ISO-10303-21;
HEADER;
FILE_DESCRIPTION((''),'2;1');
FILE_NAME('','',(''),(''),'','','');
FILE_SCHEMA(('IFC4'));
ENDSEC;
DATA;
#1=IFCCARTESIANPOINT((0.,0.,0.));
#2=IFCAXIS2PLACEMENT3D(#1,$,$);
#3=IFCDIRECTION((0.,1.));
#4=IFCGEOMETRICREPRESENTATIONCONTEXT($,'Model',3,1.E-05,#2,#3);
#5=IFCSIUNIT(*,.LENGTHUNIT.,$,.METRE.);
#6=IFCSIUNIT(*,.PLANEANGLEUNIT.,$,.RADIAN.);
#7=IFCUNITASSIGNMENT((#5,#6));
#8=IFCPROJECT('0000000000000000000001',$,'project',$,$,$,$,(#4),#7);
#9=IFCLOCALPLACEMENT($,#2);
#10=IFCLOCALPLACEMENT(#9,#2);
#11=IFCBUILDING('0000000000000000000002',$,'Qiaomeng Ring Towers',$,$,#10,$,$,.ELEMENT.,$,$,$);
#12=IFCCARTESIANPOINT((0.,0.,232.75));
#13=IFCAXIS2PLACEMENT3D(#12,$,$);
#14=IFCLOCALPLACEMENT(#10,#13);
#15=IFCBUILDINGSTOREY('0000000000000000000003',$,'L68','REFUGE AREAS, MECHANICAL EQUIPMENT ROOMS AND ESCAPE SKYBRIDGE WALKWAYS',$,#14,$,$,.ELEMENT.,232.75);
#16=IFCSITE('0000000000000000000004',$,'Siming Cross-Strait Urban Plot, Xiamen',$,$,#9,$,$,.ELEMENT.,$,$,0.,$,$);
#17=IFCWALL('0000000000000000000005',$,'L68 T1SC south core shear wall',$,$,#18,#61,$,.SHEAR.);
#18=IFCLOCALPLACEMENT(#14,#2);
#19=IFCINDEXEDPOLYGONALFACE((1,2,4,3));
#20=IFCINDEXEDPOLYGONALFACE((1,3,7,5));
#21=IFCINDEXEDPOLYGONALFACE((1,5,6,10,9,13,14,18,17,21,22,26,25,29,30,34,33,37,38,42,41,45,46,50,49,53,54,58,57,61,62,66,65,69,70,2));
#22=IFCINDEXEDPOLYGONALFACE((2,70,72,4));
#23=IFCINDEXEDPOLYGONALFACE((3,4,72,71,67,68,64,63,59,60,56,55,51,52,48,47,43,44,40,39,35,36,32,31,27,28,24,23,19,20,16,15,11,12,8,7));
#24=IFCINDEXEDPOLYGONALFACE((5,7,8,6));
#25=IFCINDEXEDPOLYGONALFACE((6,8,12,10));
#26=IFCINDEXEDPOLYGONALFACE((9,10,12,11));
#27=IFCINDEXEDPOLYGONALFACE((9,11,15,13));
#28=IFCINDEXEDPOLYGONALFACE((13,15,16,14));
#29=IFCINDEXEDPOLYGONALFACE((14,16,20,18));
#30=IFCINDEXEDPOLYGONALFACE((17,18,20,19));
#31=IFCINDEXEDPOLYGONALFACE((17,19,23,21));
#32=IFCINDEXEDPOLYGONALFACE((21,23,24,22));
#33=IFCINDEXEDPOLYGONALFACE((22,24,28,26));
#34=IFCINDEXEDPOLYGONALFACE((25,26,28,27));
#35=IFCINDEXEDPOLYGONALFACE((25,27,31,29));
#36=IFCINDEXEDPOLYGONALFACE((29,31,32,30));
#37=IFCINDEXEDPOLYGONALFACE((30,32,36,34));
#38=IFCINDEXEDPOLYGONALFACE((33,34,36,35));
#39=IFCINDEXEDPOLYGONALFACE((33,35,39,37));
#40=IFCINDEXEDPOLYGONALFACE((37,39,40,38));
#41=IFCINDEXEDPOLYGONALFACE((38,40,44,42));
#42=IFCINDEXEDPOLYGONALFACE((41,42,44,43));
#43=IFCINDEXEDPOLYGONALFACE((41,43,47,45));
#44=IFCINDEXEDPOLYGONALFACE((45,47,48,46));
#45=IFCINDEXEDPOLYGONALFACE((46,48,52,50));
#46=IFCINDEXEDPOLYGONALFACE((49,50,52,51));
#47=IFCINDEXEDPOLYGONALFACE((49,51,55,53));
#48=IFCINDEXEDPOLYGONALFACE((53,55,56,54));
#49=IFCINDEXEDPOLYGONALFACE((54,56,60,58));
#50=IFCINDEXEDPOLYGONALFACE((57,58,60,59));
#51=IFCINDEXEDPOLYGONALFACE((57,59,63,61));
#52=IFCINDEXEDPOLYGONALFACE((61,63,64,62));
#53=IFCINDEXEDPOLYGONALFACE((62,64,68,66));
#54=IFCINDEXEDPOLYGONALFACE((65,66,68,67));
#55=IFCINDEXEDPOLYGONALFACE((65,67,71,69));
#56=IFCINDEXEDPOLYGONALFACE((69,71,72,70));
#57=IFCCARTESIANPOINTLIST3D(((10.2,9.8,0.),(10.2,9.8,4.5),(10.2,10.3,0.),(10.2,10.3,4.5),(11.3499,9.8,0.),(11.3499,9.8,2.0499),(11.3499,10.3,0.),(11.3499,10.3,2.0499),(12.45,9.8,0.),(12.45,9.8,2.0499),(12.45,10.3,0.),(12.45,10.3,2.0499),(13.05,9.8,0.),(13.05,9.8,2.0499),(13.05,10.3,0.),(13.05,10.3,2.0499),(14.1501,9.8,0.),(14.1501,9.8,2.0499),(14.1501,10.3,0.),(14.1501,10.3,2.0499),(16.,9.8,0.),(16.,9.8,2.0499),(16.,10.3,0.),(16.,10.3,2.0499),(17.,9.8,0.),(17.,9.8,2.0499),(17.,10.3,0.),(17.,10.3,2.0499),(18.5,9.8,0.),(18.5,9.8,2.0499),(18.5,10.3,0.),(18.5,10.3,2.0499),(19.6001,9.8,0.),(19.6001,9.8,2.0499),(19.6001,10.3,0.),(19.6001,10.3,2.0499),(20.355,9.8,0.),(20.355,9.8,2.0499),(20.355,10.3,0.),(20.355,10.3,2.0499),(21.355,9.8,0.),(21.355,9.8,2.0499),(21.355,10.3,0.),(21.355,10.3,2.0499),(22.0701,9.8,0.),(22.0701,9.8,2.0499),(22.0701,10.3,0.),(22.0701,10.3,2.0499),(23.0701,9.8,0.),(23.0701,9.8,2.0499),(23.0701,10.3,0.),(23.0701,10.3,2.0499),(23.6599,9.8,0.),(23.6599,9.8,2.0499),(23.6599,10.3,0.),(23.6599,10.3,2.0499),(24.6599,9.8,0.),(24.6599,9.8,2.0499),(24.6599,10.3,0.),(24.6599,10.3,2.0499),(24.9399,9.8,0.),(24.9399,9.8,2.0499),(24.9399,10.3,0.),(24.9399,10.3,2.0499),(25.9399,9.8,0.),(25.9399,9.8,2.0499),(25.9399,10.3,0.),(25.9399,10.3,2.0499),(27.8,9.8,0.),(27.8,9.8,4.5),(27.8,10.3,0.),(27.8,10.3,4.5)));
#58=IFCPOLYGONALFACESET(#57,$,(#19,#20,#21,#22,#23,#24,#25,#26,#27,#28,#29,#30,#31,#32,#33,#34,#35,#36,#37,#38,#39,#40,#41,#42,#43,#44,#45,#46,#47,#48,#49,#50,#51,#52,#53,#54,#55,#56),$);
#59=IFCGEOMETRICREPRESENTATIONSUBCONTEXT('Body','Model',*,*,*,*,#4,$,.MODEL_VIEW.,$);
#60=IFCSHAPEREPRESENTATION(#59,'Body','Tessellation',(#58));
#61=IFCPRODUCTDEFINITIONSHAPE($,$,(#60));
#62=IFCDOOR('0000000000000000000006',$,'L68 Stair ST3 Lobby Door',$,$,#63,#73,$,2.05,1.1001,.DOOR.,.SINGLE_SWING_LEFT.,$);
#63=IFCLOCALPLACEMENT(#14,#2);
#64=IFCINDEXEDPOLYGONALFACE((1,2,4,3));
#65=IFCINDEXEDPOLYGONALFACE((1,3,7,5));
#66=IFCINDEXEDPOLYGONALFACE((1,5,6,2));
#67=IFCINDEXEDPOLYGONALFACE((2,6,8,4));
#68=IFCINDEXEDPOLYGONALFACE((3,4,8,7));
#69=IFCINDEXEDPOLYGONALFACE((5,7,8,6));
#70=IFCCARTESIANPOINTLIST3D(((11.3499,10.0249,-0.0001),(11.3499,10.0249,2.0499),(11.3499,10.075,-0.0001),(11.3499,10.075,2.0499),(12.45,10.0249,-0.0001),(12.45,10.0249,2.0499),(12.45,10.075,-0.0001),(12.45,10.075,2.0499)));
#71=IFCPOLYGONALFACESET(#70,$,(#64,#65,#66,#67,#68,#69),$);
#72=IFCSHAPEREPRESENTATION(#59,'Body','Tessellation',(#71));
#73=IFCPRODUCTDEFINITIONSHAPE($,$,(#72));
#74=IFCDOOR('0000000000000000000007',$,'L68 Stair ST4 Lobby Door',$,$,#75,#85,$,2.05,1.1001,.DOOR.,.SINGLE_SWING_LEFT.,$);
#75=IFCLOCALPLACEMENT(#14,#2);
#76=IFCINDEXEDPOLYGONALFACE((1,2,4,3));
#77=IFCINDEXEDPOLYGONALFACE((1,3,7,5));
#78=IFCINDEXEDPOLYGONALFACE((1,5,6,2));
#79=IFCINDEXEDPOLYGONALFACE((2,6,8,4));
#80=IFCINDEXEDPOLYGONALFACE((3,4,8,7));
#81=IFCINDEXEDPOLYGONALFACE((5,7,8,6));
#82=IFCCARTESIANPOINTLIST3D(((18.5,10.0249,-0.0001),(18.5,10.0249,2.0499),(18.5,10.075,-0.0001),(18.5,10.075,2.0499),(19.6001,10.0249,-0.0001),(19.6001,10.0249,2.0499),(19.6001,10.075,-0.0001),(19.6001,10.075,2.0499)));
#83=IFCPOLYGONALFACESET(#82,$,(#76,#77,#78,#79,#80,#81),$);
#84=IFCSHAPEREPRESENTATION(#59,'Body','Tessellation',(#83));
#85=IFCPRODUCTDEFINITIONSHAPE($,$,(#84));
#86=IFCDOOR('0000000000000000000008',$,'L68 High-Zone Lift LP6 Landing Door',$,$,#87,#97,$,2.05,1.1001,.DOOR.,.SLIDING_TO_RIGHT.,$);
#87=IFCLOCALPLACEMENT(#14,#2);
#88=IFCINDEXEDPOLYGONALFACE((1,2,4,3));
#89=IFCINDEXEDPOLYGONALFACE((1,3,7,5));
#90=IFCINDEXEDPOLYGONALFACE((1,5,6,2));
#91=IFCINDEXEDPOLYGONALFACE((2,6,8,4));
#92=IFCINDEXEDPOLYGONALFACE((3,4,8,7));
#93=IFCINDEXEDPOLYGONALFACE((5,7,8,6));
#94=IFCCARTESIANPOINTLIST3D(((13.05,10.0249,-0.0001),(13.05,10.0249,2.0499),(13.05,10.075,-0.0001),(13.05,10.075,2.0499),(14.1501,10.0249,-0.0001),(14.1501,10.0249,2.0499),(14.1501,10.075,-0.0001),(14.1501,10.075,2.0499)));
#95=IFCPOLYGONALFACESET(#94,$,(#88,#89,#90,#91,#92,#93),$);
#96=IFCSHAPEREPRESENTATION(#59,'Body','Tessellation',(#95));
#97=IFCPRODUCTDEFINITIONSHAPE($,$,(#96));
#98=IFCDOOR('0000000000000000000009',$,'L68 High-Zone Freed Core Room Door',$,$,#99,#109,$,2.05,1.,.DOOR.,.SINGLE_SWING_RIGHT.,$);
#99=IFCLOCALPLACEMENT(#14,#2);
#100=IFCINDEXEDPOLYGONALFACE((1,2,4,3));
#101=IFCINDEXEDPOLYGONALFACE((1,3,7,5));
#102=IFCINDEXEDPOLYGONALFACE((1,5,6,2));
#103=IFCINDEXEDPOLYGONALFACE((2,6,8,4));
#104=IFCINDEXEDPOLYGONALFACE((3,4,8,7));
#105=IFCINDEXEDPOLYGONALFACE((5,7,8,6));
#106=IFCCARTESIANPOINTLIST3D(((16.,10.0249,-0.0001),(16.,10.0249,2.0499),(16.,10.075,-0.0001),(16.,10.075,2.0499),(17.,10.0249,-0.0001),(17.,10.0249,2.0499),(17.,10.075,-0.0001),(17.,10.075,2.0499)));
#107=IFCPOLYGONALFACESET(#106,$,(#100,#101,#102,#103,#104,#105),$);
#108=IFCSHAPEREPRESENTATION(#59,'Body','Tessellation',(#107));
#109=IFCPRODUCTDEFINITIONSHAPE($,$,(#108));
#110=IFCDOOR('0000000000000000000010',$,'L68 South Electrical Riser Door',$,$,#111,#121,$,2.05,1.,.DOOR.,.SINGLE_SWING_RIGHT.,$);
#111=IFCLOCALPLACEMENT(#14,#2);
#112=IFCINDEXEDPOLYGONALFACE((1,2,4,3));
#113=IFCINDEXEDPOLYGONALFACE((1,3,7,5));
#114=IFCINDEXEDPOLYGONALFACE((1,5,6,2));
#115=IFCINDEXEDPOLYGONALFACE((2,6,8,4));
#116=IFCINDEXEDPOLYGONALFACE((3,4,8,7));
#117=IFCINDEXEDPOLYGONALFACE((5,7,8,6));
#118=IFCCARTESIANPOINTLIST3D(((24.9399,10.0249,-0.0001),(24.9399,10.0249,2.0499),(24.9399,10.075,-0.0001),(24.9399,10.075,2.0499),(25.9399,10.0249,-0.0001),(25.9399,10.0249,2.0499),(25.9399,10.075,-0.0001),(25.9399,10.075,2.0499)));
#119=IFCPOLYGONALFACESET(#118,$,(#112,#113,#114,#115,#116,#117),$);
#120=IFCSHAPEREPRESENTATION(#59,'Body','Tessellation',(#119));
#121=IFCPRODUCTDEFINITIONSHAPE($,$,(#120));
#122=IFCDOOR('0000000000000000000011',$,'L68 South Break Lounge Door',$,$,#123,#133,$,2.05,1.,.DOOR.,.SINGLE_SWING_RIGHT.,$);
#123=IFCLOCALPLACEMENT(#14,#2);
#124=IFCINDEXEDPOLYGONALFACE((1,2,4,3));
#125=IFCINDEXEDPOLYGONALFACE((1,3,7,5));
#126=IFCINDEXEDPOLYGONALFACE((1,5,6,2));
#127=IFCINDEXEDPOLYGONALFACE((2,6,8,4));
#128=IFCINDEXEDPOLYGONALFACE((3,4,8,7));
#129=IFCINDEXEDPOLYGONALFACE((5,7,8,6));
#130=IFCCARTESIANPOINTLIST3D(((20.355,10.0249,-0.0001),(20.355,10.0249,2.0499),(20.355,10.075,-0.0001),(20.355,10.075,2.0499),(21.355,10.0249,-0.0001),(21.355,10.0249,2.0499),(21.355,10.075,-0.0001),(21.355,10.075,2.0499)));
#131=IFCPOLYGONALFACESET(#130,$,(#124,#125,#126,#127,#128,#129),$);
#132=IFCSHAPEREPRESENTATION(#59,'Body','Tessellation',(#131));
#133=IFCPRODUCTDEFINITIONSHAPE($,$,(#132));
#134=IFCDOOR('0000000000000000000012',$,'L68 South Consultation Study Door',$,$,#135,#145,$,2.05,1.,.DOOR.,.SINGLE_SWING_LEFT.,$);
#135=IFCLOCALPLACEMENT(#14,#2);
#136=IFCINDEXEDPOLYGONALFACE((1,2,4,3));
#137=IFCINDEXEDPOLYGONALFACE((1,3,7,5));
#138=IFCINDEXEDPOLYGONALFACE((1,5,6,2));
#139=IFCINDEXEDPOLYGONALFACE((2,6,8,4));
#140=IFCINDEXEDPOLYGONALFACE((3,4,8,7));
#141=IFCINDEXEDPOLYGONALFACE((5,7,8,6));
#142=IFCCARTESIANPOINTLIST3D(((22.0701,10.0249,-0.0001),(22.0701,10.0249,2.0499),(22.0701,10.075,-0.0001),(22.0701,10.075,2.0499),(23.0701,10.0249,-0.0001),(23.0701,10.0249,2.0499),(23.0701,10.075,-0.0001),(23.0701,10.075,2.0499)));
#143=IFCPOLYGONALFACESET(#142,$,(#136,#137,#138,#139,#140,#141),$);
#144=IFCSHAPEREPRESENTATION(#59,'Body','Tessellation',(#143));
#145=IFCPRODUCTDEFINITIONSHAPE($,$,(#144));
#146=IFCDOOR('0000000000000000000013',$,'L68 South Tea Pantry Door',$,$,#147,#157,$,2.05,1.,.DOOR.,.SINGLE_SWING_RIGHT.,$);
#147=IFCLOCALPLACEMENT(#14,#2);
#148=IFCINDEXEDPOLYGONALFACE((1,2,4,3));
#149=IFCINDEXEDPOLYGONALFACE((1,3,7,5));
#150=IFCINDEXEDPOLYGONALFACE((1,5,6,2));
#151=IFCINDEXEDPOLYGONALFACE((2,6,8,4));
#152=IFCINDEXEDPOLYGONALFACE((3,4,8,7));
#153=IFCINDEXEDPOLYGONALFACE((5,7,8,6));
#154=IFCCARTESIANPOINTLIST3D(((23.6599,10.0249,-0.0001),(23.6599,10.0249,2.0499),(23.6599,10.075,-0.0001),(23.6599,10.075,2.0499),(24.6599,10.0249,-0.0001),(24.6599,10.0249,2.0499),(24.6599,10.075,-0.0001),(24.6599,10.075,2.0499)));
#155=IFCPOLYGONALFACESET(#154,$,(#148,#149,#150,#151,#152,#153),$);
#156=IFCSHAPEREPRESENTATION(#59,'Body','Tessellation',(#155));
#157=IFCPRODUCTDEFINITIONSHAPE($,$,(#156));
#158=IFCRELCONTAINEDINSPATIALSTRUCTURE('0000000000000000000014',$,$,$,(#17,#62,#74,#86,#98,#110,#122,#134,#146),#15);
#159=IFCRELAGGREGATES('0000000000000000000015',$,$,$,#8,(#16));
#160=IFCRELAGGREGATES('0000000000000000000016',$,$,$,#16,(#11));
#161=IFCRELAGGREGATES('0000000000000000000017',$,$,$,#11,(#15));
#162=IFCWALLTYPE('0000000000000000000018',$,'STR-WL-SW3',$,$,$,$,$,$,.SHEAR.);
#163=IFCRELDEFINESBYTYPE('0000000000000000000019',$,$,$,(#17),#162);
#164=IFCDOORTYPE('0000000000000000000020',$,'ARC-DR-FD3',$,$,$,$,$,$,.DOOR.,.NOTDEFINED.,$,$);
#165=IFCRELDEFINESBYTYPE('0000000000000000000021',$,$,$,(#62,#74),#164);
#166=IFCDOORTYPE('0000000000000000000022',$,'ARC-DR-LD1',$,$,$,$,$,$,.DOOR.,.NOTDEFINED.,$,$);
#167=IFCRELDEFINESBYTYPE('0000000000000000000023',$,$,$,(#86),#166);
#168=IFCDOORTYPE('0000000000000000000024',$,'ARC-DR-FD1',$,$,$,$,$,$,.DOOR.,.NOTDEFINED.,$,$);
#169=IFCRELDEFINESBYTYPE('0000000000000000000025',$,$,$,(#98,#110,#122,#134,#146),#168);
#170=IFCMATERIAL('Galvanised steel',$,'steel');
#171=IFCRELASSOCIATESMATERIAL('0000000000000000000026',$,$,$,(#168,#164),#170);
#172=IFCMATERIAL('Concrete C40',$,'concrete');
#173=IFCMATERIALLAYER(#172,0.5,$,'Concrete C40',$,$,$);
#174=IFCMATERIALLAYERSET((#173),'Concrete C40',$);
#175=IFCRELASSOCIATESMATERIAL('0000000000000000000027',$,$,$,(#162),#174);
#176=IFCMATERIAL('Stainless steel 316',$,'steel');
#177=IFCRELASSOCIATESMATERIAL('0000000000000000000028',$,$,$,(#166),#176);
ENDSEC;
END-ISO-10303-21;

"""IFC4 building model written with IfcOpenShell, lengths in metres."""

from ifc_helpers import new_model, si_unit, direction, frame, frame_2d, origin, place, context, subcontext, project, spatial, rectangle, extrude, source, transform, mapped, material, layer, layer_set, type_object, element, fill, save


model = new_model("IFC4")

# Units and contexts
model_context = context("Model", 3, precision=1e-05, world=origin(), true_north=direction((0.0, 1.0)))
body_context = subcontext(model_context, "Body", "Model", "MODEL_VIEW")
ifc_project = project(units=[si_unit("LENGTHUNIT", "METRE"), si_unit("PLANEANGLEUNIT", "RADIAN")], contexts=[model_context])

# Site, building, storey
site_placement = place(None, origin())
site = spatial("IfcSite", under=ifc_project, at=site_placement, Name="Siming Cross-Strait Urban Plot, Xiamen", CompositionType="ELEMENT", RefElevation=0.0)
building_placement = place(site_placement, origin())
building = spatial("IfcBuilding", under=site, at=building_placement, Name="Qiaomeng Ring Towers", CompositionType="ELEMENT")
storey_placement = place(building_placement, frame((0.0, 0.0, 232.75)))
storey = spatial("IfcBuildingStorey", under=building, at=storey_placement, Name="L68", Description="REFUGE AREAS, MECHANICAL EQUIPMENT ROOMS AND ESCAPE SKYBRIDGE WALKWAYS", CompositionType="ELEMENT", Elevation=232.75)

# Shared definitions
ifc_material_1 = material(Name="Galvanised steel", Category="steel")
door_type_1 = type_object("IfcDoorType", Name="ARC-DR-FD1", OperationType="NOTDEFINED", PredefinedType="DOOR", material=ifc_material_1)
shared_shape_1 = source(origin(), body_context, "Body", "SweptSolid", [
    extrude(rectangle(XDim=1.0, YDim=2.05, at=frame_2d((0.5, 1.0249))), frame((0.0, 0.0249, 0.0), z_axis=(0.0, -1.0, 0.0), x_axis=(1.0, 0.0, 0.0)), (0.0, 0.0, 1.0), 0.05),
])

# Shared definitions
ifc_material_2 = material(Name="Concrete C40", Category="concrete")

# Wall, openings, doors
ifc_layer_1 = layer(ifc_material_2, 0.5, Name="Concrete C40")
ifc_layer_set_1 = layer_set([ifc_layer_1], Name="Concrete C40")
wall_type_1 = type_object("IfcWallType", Name="STR-WL-SW3", PredefinedType="SHEAR", material=ifc_layer_set_1)
wall_1_placement = place(storey_placement, frame((10.2, 10.05, 0.0), z_axis=(0.0, 0.0, 1.0), x_axis=(1.0, 0.0, 0.0)))
wall_1 = element("IfcWall", 1, at=wall_1_placement, inside=storey, type_object=wall_type_1, Name="L68 T1SC south core shear wall", PredefinedType="SHEAR", context=body_context, shape_type="SweptSolid", body=[
    extrude(rectangle(XDim=17.6001, YDim=0.5, at=frame_2d((8.8, 0.0))), origin(), (0.0, 0.0, 1.0), 4.5),
])
opening_1_placement = place(wall_1_placement, frame((1.1499, 0.0, 0.0)))
opening_1 = element("IfcOpeningElement", 2, at=opening_1_placement, cuts=wall_1, PredefinedType="OPENING", context=body_context, shape_type="SweptSolid", body=[
    extrude(rectangle(XDim=1.1001, YDim=2.05, at=frame_2d((0.55, 1.0249))), frame((0.0, 0.26, 0.0), z_axis=(0.0, -1.0, 0.0), x_axis=(1.0, 0.0, 0.0)), (0.0, 0.0, 1.0), 0.52),
])
opening_2_placement = place(wall_1_placement, frame((8.3, 0.0, 0.0)))
opening_2 = element("IfcOpeningElement", 3, at=opening_2_placement, cuts=wall_1, PredefinedType="OPENING", context=body_context, shape_type="SweptSolid", body=[
    extrude(rectangle(XDim=1.1001, YDim=2.05, at=frame_2d((0.55, 1.0249))), frame((0.0, 0.26, 0.0), z_axis=(0.0, -1.0, 0.0), x_axis=(1.0, 0.0, 0.0)), (0.0, 0.0, 1.0), 0.52),
])
opening_3_placement = place(wall_1_placement, frame((2.8501, 0.0, 0.0)))
opening_3 = element("IfcOpeningElement", 4, at=opening_3_placement, cuts=wall_1, PredefinedType="OPENING", context=body_context, shape_type="SweptSolid", body=[
    extrude(rectangle(XDim=1.1001, YDim=2.05, at=frame_2d((0.55, 1.0249))), frame((0.0, 0.26, 0.0), z_axis=(0.0, -1.0, 0.0), x_axis=(1.0, 0.0, 0.0)), (0.0, 0.0, 1.0), 0.52),
])
opening_4_placement = place(wall_1_placement, frame((5.8, 0.0, 0.0)))
opening_4 = element("IfcOpeningElement", 5, at=opening_4_placement, cuts=wall_1, PredefinedType="OPENING", context=body_context, shape_type="SweptSolid", body=[
    extrude(rectangle(XDim=1.0, YDim=2.05, at=frame_2d((0.5, 1.0249))), frame((0.0, 0.26, 0.0), z_axis=(0.0, -1.0, 0.0), x_axis=(1.0, 0.0, 0.0)), (0.0, 0.0, 1.0), 0.52),
])
opening_5_placement = place(wall_1_placement, frame((14.74, 0.0, 0.0)))
opening_5 = element("IfcOpeningElement", 6, at=opening_5_placement, cuts=wall_1, PredefinedType="OPENING", context=body_context, shape_type="SweptSolid", body=[
    extrude(rectangle(XDim=1.0, YDim=2.05, at=frame_2d((0.5, 1.0249))), frame((0.0, 0.26, 0.0), z_axis=(0.0, -1.0, 0.0), x_axis=(1.0, 0.0, 0.0)), (0.0, 0.0, 1.0), 0.52),
])
opening_6_placement = place(wall_1_placement, frame((10.155, 0.0, 0.0)))
opening_6 = element("IfcOpeningElement", 7, at=opening_6_placement, cuts=wall_1, PredefinedType="OPENING", context=body_context, shape_type="SweptSolid", body=[
    extrude(rectangle(XDim=1.0, YDim=2.05, at=frame_2d((0.5, 1.0249))), frame((0.0, 0.26, 0.0), z_axis=(0.0, -1.0, 0.0), x_axis=(1.0, 0.0, 0.0)), (0.0, 0.0, 1.0), 0.52),
])
opening_7_placement = place(wall_1_placement, frame((11.8701, 0.0, 0.0)))
opening_7 = element("IfcOpeningElement", 8, at=opening_7_placement, cuts=wall_1, PredefinedType="OPENING", context=body_context, shape_type="SweptSolid", body=[
    extrude(rectangle(XDim=1.0, YDim=2.05, at=frame_2d((0.5, 1.0249))), frame((0.0, 0.26, 0.0), z_axis=(0.0, -1.0, 0.0), x_axis=(1.0, 0.0, 0.0)), (0.0, 0.0, 1.0), 0.52),
])
opening_8_placement = place(wall_1_placement, frame((13.46, 0.0, 0.0)))
opening_8 = element("IfcOpeningElement", 9, at=opening_8_placement, cuts=wall_1, PredefinedType="OPENING", context=body_context, shape_type="SweptSolid", body=[
    extrude(rectangle(XDim=1.0, YDim=2.05, at=frame_2d((0.5, 1.0249))), frame((0.0, 0.26, 0.0), z_axis=(0.0, -1.0, 0.0), x_axis=(1.0, 0.0, 0.0)), (0.0, 0.0, 1.0), 0.52),
])
door_type_2 = type_object("IfcDoorType", Name="ARC-DR-FD3", OperationType="NOTDEFINED", PredefinedType="DOOR", material=ifc_material_1)
shared_shape_2 = source(origin(), body_context, "Body", "SweptSolid", [
    extrude(rectangle(XDim=1.1001, YDim=2.05, at=frame_2d((0.55, 1.0249))), frame((0.0, 0.0249, 0.0), z_axis=(0.0, -1.0, 0.0), x_axis=(1.0, 0.0, 0.0)), (0.0, 0.0, 1.0), 0.05),
])
door_1_placement = place(opening_1_placement, origin())
door_1 = element("IfcDoor", 10, at=door_1_placement, inside=storey, type_object=door_type_2, Name="L68 Stair ST3 Lobby Door", OperationType="SINGLE_SWING_LEFT", OverallHeight=2.05, OverallWidth=1.1001, PredefinedType="DOOR", context=body_context, shape_type="MappedRepresentation", body=[
    mapped(shared_shape_2, transform((0.0, 0.0, 0.0), x_axis=(1.0, 0.0, 0.0), y_axis=(0.0, 1.0, 0.0), z_axis=(0.0, 0.0, 1.0), scale=1.0)),
])
fill(opening_1, door_1)
door_2_placement = place(opening_2_placement, origin())
door_2 = element("IfcDoor", 11, at=door_2_placement, inside=storey, type_object=door_type_2, Name="L68 Stair ST4 Lobby Door", OperationType="SINGLE_SWING_LEFT", OverallHeight=2.05, OverallWidth=1.1001, PredefinedType="DOOR", context=body_context, shape_type="MappedRepresentation", body=[
    mapped(shared_shape_2, transform((0.0, 0.0, 0.0), x_axis=(1.0, 0.0, 0.0), y_axis=(0.0, 1.0, 0.0), z_axis=(0.0, 0.0, 1.0), scale=1.0)),
])
fill(opening_2, door_2)
ifc_material_3 = material(Name="Stainless steel 316", Category="steel")
door_type_3 = type_object("IfcDoorType", Name="ARC-DR-LD1", OperationType="NOTDEFINED", PredefinedType="DOOR", material=ifc_material_3)
door_3_placement = place(opening_3_placement, origin())
door_3 = element("IfcDoor", 12, at=door_3_placement, inside=storey, type_object=door_type_3, Name="L68 High-Zone Lift LP6 Landing Door", OperationType="SLIDING_TO_RIGHT", OverallHeight=2.05, OverallWidth=1.1001, PredefinedType="DOOR", context=body_context, shape_type="MappedRepresentation", body=[
    mapped(shared_shape_2, transform((0.0, 0.0, 0.0), x_axis=(1.0, 0.0, 0.0), y_axis=(0.0, 1.0, 0.0), z_axis=(0.0, 0.0, 1.0), scale=1.0)),
])
fill(opening_3, door_3)
door_4_placement = place(opening_4_placement, origin())
door_4 = element("IfcDoor", 13, at=door_4_placement, inside=storey, type_object=door_type_1, Name="L68 High-Zone Freed Core Room Door", OperationType="SINGLE_SWING_RIGHT", OverallHeight=2.05, OverallWidth=1.0, PredefinedType="DOOR", context=body_context, shape_type="MappedRepresentation", body=[
    mapped(shared_shape_1, transform((0.0, 0.0, 0.0), x_axis=(1.0, 0.0, 0.0), y_axis=(0.0, 1.0, 0.0), z_axis=(0.0, 0.0, 1.0), scale=1.0)),
])
fill(opening_4, door_4)
door_5_placement = place(opening_5_placement, origin())
door_5 = element("IfcDoor", 14, at=door_5_placement, inside=storey, type_object=door_type_1, Name="L68 South Electrical Riser Door", OperationType="SINGLE_SWING_RIGHT", OverallHeight=2.05, OverallWidth=1.0, PredefinedType="DOOR", context=body_context, shape_type="MappedRepresentation", body=[
    mapped(shared_shape_1, transform((0.0, 0.0, 0.0), x_axis=(1.0, 0.0, 0.0), y_axis=(0.0, 1.0, 0.0), z_axis=(0.0, 0.0, 1.0), scale=1.0)),
])
fill(opening_5, door_5)
door_6_placement = place(opening_6_placement, origin())
door_6 = element("IfcDoor", 15, at=door_6_placement, inside=storey, type_object=door_type_1, Name="L68 South Break Lounge Door", OperationType="SINGLE_SWING_RIGHT", OverallHeight=2.05, OverallWidth=1.0, PredefinedType="DOOR", context=body_context, shape_type="MappedRepresentation", body=[
    mapped(shared_shape_1, transform((0.0, 0.0, 0.0), x_axis=(1.0, 0.0, 0.0), y_axis=(0.0, 1.0, 0.0), z_axis=(0.0, 0.0, 1.0), scale=1.0)),
])
fill(opening_6, door_6)
door_7_placement = place(opening_7_placement, origin())
door_7 = element("IfcDoor", 16, at=door_7_placement, inside=storey, type_object=door_type_1, Name="L68 South Consultation Study Door", OperationType="SINGLE_SWING_LEFT", OverallHeight=2.05, OverallWidth=1.0, PredefinedType="DOOR", context=body_context, shape_type="MappedRepresentation", body=[
    mapped(shared_shape_1, transform((0.0, 0.0, 0.0), x_axis=(1.0, 0.0, 0.0), y_axis=(0.0, 1.0, 0.0), z_axis=(0.0, 0.0, 1.0), scale=1.0)),
])
fill(opening_7, door_7)
door_8_placement = place(opening_8_placement, origin())
door_8 = element("IfcDoor", 17, at=door_8_placement, inside=storey, type_object=door_type_1, Name="L68 South Tea Pantry Door", OperationType="SINGLE_SWING_RIGHT", OverallHeight=2.05, OverallWidth=1.0, PredefinedType="DOOR", context=body_context, shape_type="MappedRepresentation", body=[
    mapped(shared_shape_1, transform((0.0, 0.0, 0.0), x_axis=(1.0, 0.0, 0.0), y_axis=(0.0, 1.0, 0.0), z_axis=(0.0, 0.0, 1.0), scale=1.0)),
])
fill(opening_8, door_8)

save(model, "model.ifc")
